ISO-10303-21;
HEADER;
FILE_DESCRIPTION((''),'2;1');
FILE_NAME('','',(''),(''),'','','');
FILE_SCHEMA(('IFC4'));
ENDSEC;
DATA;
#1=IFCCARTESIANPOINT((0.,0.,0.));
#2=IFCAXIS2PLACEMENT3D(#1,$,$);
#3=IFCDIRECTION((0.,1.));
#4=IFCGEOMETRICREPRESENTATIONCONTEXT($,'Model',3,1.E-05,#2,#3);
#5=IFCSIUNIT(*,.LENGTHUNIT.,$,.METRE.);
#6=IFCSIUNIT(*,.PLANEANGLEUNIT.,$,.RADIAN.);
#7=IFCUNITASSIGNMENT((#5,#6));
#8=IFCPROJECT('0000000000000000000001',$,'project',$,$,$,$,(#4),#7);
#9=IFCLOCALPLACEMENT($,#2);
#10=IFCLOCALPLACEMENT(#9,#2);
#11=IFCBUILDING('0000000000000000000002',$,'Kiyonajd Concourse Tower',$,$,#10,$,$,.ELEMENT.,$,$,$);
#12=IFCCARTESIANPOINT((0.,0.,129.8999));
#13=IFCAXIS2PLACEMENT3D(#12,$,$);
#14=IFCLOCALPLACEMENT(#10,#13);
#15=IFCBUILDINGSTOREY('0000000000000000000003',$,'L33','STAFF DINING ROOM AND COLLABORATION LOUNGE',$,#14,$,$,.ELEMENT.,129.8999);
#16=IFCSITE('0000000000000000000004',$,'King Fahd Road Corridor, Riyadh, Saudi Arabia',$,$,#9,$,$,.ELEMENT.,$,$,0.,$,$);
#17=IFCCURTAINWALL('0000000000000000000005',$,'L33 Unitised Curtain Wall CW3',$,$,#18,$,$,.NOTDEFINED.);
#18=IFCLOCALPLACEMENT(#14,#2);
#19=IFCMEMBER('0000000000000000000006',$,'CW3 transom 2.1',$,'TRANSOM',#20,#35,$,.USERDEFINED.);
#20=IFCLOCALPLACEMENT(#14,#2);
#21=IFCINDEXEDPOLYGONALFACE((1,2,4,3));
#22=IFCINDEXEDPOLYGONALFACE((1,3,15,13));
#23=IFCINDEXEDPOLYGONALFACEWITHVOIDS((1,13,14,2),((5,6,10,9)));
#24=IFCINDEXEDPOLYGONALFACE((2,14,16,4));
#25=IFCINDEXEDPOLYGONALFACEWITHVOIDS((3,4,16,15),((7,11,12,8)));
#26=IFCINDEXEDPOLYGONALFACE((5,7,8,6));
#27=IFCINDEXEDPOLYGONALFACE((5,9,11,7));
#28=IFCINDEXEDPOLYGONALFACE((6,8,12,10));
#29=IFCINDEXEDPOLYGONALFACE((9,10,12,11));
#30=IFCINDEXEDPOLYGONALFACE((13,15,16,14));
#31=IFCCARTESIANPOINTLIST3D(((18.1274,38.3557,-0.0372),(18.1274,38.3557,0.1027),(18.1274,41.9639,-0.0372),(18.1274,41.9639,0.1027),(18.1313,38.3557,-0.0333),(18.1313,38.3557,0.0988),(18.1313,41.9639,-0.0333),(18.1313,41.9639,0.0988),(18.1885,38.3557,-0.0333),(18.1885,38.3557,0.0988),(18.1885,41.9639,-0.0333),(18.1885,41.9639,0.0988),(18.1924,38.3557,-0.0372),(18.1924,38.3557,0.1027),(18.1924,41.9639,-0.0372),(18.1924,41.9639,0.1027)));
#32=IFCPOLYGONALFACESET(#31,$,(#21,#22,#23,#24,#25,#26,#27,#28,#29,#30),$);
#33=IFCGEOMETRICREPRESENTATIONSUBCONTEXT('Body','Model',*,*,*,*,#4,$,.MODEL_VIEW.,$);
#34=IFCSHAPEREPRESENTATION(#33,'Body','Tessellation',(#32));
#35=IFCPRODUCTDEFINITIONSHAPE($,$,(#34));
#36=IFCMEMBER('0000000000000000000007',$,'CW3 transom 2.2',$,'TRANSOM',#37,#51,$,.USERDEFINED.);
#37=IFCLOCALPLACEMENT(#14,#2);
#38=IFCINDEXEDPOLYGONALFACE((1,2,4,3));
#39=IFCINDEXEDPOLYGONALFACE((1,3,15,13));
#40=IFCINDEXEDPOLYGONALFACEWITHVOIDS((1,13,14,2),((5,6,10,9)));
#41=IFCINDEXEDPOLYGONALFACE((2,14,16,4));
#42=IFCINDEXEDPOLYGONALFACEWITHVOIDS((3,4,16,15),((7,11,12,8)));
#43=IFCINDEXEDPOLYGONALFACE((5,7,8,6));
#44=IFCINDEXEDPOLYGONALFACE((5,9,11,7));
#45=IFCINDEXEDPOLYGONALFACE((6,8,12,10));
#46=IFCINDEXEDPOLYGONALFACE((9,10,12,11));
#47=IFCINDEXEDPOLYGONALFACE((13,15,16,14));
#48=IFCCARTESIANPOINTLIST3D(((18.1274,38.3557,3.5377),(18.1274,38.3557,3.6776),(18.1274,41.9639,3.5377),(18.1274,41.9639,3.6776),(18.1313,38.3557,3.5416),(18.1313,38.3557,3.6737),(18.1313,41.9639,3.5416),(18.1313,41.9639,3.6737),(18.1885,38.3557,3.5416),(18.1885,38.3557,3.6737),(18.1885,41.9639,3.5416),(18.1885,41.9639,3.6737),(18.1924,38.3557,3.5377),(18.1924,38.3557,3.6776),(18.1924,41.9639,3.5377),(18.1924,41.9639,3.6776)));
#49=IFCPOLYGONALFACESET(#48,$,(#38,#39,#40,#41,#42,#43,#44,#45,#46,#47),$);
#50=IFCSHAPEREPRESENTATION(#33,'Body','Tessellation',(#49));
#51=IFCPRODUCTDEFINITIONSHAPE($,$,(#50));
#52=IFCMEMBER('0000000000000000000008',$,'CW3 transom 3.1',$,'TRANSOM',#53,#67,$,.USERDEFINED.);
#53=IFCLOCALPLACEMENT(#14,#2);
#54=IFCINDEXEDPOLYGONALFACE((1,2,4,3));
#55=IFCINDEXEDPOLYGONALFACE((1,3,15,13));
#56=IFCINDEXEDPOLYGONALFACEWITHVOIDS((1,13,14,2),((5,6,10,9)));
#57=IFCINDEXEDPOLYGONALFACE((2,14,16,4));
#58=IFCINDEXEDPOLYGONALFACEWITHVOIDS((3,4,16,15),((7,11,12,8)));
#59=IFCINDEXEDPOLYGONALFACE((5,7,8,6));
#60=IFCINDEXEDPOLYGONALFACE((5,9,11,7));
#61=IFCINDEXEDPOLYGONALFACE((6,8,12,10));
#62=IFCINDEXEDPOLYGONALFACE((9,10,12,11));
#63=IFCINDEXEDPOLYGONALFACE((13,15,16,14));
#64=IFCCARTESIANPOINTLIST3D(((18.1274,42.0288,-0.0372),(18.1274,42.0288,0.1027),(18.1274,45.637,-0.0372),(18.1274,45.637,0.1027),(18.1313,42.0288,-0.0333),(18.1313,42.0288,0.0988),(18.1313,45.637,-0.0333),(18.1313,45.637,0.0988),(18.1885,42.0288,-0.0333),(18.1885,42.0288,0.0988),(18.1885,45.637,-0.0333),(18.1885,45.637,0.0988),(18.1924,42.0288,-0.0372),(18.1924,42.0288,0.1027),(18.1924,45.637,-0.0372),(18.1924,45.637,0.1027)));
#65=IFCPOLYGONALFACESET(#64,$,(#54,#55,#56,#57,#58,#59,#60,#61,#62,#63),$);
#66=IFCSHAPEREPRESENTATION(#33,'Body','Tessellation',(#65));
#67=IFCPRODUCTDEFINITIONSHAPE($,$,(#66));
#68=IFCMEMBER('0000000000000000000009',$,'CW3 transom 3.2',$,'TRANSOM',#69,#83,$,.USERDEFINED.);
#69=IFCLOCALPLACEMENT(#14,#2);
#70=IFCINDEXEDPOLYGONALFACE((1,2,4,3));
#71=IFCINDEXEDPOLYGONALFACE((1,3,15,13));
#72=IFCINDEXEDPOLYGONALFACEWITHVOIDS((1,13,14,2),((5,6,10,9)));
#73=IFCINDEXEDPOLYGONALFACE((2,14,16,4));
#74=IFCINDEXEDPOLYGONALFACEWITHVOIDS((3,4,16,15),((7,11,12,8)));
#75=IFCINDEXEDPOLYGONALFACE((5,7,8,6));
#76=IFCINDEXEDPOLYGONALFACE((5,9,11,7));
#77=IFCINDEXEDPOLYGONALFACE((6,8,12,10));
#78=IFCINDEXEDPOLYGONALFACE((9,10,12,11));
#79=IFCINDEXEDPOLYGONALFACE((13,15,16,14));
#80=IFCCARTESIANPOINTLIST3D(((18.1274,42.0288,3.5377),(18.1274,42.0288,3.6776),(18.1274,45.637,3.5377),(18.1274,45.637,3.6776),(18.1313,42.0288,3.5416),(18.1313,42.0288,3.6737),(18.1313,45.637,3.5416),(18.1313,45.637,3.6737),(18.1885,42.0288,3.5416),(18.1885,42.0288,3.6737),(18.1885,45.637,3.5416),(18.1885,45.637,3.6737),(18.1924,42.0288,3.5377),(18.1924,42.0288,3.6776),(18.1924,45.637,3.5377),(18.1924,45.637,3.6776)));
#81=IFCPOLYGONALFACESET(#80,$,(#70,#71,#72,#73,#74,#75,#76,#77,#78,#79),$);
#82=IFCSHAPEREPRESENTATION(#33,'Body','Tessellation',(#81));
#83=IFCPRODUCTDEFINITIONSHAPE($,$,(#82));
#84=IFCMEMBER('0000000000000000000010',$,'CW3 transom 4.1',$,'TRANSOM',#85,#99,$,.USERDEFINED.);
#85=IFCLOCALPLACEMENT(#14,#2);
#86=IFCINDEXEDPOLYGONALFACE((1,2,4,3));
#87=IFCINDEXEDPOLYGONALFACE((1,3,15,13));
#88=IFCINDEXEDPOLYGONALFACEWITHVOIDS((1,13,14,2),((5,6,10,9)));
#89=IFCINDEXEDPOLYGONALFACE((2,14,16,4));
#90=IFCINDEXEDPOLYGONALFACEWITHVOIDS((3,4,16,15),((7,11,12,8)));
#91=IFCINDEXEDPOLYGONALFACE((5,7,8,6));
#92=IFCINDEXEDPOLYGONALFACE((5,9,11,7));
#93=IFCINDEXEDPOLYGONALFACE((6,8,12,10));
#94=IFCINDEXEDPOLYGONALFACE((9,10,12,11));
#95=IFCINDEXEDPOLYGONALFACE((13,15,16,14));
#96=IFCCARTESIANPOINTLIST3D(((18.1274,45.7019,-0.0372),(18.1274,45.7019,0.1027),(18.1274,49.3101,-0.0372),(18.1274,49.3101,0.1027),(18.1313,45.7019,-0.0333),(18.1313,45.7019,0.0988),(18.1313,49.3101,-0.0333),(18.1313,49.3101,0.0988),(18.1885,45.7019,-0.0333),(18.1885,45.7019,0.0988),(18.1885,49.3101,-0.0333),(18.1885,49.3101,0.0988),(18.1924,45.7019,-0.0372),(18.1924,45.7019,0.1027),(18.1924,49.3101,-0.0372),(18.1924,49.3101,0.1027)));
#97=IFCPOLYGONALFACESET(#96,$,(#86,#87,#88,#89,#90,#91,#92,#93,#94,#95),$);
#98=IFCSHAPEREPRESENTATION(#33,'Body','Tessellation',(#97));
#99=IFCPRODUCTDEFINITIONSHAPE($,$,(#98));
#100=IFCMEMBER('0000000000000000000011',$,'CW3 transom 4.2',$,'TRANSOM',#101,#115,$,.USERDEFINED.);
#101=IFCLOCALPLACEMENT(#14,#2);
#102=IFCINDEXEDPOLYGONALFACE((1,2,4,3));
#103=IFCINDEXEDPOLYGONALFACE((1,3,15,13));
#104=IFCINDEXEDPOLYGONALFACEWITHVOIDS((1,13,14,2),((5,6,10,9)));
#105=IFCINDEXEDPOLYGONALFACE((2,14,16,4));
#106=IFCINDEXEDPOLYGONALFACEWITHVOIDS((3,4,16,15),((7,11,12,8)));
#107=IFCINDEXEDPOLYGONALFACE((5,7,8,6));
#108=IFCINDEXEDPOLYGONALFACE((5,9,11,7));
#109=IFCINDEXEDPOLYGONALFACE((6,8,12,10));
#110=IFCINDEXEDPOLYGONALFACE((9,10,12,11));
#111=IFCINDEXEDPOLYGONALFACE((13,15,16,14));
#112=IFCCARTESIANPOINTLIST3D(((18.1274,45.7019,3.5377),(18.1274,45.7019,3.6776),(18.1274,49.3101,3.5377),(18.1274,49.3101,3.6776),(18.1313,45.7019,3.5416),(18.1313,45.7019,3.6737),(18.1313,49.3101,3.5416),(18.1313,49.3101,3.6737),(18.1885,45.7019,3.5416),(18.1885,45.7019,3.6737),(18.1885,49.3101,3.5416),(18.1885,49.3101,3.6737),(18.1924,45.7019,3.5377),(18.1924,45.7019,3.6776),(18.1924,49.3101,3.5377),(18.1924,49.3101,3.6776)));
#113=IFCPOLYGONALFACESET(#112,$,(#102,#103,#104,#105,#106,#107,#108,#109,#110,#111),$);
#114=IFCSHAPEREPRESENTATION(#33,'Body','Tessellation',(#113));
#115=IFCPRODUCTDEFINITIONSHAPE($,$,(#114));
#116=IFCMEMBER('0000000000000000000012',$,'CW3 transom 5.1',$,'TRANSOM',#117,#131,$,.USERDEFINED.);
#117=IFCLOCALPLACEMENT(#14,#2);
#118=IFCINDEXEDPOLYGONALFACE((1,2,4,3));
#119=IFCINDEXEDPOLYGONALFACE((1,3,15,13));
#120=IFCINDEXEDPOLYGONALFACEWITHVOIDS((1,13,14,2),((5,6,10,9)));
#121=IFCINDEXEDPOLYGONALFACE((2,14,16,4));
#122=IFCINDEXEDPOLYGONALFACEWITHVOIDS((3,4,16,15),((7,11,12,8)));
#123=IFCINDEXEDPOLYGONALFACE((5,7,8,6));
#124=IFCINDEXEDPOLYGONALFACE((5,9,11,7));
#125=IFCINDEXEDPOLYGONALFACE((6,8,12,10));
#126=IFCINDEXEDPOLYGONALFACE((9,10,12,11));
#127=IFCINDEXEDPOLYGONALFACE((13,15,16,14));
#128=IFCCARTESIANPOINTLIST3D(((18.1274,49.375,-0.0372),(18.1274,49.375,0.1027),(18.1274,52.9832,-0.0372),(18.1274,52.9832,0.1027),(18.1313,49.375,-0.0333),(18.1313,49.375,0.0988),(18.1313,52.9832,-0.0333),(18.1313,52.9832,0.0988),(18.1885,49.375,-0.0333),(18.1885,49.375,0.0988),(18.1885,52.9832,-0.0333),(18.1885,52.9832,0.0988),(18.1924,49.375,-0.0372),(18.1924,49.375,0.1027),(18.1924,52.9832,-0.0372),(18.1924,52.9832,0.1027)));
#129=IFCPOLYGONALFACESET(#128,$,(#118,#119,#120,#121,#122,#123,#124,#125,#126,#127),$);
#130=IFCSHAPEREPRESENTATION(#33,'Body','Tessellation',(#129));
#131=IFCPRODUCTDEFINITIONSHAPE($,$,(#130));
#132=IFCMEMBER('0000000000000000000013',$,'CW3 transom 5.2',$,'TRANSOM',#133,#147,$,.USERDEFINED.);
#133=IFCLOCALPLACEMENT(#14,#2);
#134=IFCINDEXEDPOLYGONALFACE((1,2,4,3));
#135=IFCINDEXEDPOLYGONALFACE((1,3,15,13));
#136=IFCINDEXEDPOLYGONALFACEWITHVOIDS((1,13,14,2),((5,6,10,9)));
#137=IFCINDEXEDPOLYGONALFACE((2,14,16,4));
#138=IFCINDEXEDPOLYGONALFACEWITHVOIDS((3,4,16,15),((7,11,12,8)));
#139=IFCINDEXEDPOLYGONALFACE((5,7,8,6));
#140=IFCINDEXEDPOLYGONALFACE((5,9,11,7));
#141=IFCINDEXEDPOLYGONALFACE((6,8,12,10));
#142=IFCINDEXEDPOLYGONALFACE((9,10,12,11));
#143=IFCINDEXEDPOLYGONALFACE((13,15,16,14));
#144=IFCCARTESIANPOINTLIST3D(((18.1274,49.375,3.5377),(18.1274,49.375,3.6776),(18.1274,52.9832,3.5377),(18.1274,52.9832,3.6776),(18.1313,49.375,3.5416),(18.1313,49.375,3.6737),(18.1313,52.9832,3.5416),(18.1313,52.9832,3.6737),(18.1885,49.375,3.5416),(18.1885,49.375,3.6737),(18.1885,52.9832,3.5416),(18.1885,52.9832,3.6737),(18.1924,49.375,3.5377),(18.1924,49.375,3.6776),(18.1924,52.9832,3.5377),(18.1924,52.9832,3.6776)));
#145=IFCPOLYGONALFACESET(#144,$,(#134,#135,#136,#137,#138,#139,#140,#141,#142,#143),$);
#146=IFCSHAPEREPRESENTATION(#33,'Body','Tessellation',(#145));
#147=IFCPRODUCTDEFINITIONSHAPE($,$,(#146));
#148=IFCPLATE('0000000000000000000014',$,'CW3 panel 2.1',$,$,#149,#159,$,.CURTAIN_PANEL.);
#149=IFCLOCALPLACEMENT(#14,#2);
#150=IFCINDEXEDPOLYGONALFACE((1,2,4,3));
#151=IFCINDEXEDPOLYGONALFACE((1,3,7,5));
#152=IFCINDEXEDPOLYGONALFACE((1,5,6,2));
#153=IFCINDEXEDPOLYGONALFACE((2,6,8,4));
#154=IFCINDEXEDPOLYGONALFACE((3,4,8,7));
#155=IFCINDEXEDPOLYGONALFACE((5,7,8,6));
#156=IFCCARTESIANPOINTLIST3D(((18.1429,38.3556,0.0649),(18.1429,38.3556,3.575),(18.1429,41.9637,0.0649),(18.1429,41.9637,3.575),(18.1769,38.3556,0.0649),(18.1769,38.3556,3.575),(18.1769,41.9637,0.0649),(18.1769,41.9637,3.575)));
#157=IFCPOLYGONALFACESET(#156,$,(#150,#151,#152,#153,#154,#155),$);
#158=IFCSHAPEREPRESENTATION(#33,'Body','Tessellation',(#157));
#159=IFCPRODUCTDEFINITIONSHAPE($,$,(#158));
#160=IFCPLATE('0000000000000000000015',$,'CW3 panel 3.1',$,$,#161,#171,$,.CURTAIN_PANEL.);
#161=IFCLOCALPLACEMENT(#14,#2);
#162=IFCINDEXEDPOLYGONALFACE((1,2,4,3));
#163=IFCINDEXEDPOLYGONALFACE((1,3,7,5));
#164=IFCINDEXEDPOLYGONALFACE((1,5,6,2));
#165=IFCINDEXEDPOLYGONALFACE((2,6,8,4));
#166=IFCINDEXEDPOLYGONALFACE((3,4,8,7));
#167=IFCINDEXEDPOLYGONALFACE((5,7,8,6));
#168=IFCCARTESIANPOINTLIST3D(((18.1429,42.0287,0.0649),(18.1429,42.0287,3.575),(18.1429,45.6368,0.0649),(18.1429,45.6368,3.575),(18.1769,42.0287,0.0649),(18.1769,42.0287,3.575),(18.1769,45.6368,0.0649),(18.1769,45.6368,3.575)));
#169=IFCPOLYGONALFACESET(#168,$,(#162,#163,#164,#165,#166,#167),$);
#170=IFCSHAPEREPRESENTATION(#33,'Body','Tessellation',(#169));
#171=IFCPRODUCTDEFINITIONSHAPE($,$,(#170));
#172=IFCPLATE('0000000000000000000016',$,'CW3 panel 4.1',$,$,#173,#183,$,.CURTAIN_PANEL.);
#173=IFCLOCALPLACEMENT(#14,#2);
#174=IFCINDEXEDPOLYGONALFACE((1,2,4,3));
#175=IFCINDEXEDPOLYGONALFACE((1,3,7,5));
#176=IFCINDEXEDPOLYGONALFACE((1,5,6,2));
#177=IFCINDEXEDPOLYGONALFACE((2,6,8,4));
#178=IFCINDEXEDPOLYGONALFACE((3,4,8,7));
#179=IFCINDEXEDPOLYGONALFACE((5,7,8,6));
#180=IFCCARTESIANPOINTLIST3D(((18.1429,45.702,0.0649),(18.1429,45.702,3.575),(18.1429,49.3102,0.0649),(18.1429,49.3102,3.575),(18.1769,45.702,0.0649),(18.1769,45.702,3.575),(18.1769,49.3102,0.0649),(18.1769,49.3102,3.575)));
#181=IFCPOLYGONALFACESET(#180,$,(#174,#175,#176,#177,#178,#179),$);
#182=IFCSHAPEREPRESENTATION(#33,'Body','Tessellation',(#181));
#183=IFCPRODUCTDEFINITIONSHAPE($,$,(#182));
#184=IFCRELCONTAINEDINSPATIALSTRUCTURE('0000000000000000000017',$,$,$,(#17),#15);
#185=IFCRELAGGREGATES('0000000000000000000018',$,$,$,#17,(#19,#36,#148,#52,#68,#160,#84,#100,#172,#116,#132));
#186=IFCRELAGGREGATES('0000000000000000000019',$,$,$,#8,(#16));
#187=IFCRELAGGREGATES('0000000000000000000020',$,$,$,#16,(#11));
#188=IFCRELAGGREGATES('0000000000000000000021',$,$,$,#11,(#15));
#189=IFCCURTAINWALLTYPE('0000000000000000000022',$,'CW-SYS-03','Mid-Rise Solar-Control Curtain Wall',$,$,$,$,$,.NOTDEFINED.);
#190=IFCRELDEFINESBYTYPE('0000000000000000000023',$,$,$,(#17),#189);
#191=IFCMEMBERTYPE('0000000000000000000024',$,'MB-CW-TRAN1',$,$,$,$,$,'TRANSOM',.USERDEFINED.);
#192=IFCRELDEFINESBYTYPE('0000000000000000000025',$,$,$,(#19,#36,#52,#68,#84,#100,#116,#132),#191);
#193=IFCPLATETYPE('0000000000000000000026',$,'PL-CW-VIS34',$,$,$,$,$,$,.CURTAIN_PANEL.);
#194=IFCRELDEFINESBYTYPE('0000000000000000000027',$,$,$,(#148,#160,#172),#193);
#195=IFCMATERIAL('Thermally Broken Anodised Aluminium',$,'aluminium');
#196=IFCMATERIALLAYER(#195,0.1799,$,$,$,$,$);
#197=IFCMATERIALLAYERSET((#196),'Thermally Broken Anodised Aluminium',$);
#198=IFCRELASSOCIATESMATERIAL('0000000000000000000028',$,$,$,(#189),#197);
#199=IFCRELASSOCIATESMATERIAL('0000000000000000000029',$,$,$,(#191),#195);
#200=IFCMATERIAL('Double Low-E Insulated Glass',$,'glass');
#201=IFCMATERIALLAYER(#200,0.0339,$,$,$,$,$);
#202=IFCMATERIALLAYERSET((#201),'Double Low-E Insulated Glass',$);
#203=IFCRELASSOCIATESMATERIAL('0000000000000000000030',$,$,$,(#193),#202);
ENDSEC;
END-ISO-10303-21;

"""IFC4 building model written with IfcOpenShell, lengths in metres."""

from ifc_helpers import new_model, si_unit, direction, frame, origin, origin_2d, place, context, subcontext, project, spatial, rectangle, hollow_rectangle, extrude, material, layer, layer_set, material_profile, profile_set, type_object, element, aggregate, save


model = new_model("IFC4")

# Units and contexts
model_context = context("Model", 3, precision=1e-05, world=origin(), true_north=direction((0.0, 1.0)))
body_context = subcontext(model_context, "Body", "Model", "MODEL_VIEW")
ifc_project = project(units=[si_unit("LENGTHUNIT", "METRE"), si_unit("PLANEANGLEUNIT", "RADIAN")], contexts=[model_context])

# Site, building, storey
site_placement = place(None, origin())
site = spatial("IfcSite", under=ifc_project, at=site_placement, Name="King Fahd Road Corridor, Riyadh, Saudi Arabia", CompositionType="ELEMENT", RefElevation=0.0)
building_placement = place(site_placement, origin())
building = spatial("IfcBuilding", under=site, at=building_placement, Name="Kiyonajd Concourse Tower", CompositionType="ELEMENT")
storey_placement = place(building_placement, frame((0.0, 0.0, 129.8999)))
storey = spatial("IfcBuildingStorey", under=building, at=storey_placement, Name="L33", Description="STAFF DINING ROOM AND COLLABORATION LOUNGE", CompositionType="ELEMENT", Elevation=129.8999)

# Curtain wall, members, plates
ifc_material_1 = material(Name="Thermally Broken Anodised Aluminium", Category="aluminium")
ifc_layer_1 = layer(ifc_material_1, 0.1799)
ifc_layer_set_1 = layer_set([ifc_layer_1], Name="Thermally Broken Anodised Aluminium")
curtain_wall_type = type_object("IfcCurtainWallType", Name="CW-SYS-03", Description="Mid-Rise Solar-Control Curtain Wall", PredefinedType="NOTDEFINED", material=ifc_layer_set_1)
curtain_wall_placement = place(storey_placement, origin())
curtain_wall = element("IfcCurtainWall", 1, at=curtain_wall_placement, inside=storey, type_object=curtain_wall_type, Name="L33 Unitised Curtain Wall CW3", PredefinedType="NOTDEFINED")
ifc_material_profile_1 = material_profile(ifc_material_1, hollow_rectangle(XDim=0.0649, YDim=0.1399, WallThickness=0.0039, at=origin_2d()), Name="TRAN-65x140")
ifc_profile_set_1 = profile_set([ifc_material_profile_1], Name="Thermally Broken Anodised Aluminium")
member_type_1 = type_object("IfcMemberType", Name="MB-CW-TRAN1", ElementType="TRANSOM", PredefinedType="USERDEFINED", material=ifc_profile_set_1)
member_1_placement = place(storey_placement, frame((18.1599, 38.3557, 0.0327), z_axis=(0.0, 1.0, 0.0), x_axis=(-1.0, 0.0, 0.0)))
member_1 = element("IfcMember", 2, at=member_1_placement, type_object=member_type_1, Name="CW3 transom 2.1", ObjectType="TRANSOM", PredefinedType="USERDEFINED", context=body_context, shape_type="SweptSolid", body=[
    extrude(hollow_rectangle(XDim=0.0649, YDim=0.1399, WallThickness=0.0039, at=origin_2d()), origin(), (0.0, 0.0, 1.0), 3.6082),
])
member_2_placement = place(storey_placement, frame((18.1599, 38.3557, 3.6077), z_axis=(0.0, 1.0, 0.0), x_axis=(-1.0, 0.0, 0.0)))
member_2 = element("IfcMember", 3, at=member_2_placement, type_object=member_type_1, Name="CW3 transom 2.2", ObjectType="TRANSOM", PredefinedType="USERDEFINED", context=body_context, shape_type="SweptSolid", body=[
    extrude(hollow_rectangle(XDim=0.0649, YDim=0.1399, WallThickness=0.0039, at=origin_2d()), origin(), (0.0, 0.0, 1.0), 3.6082),
])
member_3_placement = place(storey_placement, frame((18.1599, 42.0288, 0.0327), z_axis=(0.0, 1.0, 0.0), x_axis=(-1.0, 0.0, 0.0)))
member_3 = element("IfcMember", 4, at=member_3_placement, type_object=member_type_1, Name="CW3 transom 3.1", ObjectType="TRANSOM", PredefinedType="USERDEFINED", context=body_context, shape_type="SweptSolid", body=[
    extrude(hollow_rectangle(XDim=0.0649, YDim=0.1399, WallThickness=0.0039, at=origin_2d()), origin(), (0.0, 0.0, 1.0), 3.6082),
])
member_4_placement = place(storey_placement, frame((18.1599, 42.0288, 3.6077), z_axis=(0.0, 1.0, 0.0), x_axis=(-1.0, 0.0, 0.0)))
member_4 = element("IfcMember", 5, at=member_4_placement, type_object=member_type_1, Name="CW3 transom 3.2", ObjectType="TRANSOM", PredefinedType="USERDEFINED", context=body_context, shape_type="SweptSolid", body=[
    extrude(hollow_rectangle(XDim=0.0649, YDim=0.1399, WallThickness=0.0039, at=origin_2d()), origin(), (0.0, 0.0, 1.0), 3.6082),
])
member_5_placement = place(storey_placement, frame((18.1599, 45.7019, 0.0327), z_axis=(0.0, 1.0, 0.0), x_axis=(-1.0, 0.0, 0.0)))
member_5 = element("IfcMember", 6, at=member_5_placement, type_object=member_type_1, Name="CW3 transom 4.1", ObjectType="TRANSOM", PredefinedType="USERDEFINED", context=body_context, shape_type="SweptSolid", body=[
    extrude(hollow_rectangle(XDim=0.0649, YDim=0.1399, WallThickness=0.0039, at=origin_2d()), origin(), (0.0, 0.0, 1.0), 3.6082),
])
member_6_placement = place(storey_placement, frame((18.1599, 45.7019, 3.6077), z_axis=(0.0, 1.0, 0.0), x_axis=(-1.0, 0.0, 0.0)))
member_6 = element("IfcMember", 7, at=member_6_placement, type_object=member_type_1, Name="CW3 transom 4.2", ObjectType="TRANSOM", PredefinedType="USERDEFINED", context=body_context, shape_type="SweptSolid", body=[
    extrude(hollow_rectangle(XDim=0.0649, YDim=0.1399, WallThickness=0.0039, at=origin_2d()), origin(), (0.0, 0.0, 1.0), 3.6082),
])
member_7_placement = place(storey_placement, frame((18.1599, 49.375, 0.0327), z_axis=(0.0, 1.0, 0.0), x_axis=(-1.0, 0.0, 0.0)))
member_7 = element("IfcMember", 8, at=member_7_placement, type_object=member_type_1, Name="CW3 transom 5.1", ObjectType="TRANSOM", PredefinedType="USERDEFINED", context=body_context, shape_type="SweptSolid", body=[
    extrude(hollow_rectangle(XDim=0.0649, YDim=0.1399, WallThickness=0.0039, at=origin_2d()), origin(), (0.0, 0.0, 1.0), 3.6082),
])
member_8_placement = place(storey_placement, frame((18.1599, 49.375, 3.6077), z_axis=(0.0, 1.0, 0.0), x_axis=(-1.0, 0.0, 0.0)))
member_8 = element("IfcMember", 9, at=member_8_placement, type_object=member_type_1, Name="CW3 transom 5.2", ObjectType="TRANSOM", PredefinedType="USERDEFINED", context=body_context, shape_type="SweptSolid", body=[
    extrude(hollow_rectangle(XDim=0.0649, YDim=0.1399, WallThickness=0.0039, at=origin_2d()), origin(), (0.0, 0.0, 1.0), 3.6082),
])
ifc_material_2 = material(Name="Double Low-E Insulated Glass", Category="glass")
ifc_layer_2 = layer(ifc_material_2, 0.0339)
ifc_layer_set_2 = layer_set([ifc_layer_2], Name="Double Low-E Insulated Glass")
plate_type = type_object("IfcPlateType", Name="PL-CW-VIS34", PredefinedType="CURTAIN_PANEL", material=ifc_layer_set_2)
plate_1_placement = place(storey_placement, frame((18.1599, 40.1597, 0.0649), z_axis=(0.0, 0.0, 1.0), x_axis=(0.0, 1.0, 0.0)))
plate_1 = element("IfcPlate", 10, at=plate_1_placement, type_object=plate_type, Name="CW3 panel 2.1", PredefinedType="CURTAIN_PANEL", context=body_context, shape_type="SweptSolid", body=[
    extrude(rectangle(XDim=3.6082, YDim=0.0339, at=origin_2d()), origin(), (0.0, 0.0, 1.0), 3.51),
])
plate_2_placement = place(storey_placement, frame((18.1599, 43.8328, 0.0649), z_axis=(0.0, 0.0, 1.0), x_axis=(0.0, 1.0, 0.0)))
plate_2 = element("IfcPlate", 11, at=plate_2_placement, type_object=plate_type, Name="CW3 panel 3.1", PredefinedType="CURTAIN_PANEL", context=body_context, shape_type="SweptSolid", body=[
    extrude(rectangle(XDim=3.6082, YDim=0.0339, at=origin_2d()), origin(), (0.0, 0.0, 1.0), 3.51),
])
plate_3_placement = place(storey_placement, frame((18.1599, 47.5061, 0.0649), z_axis=(0.0, 0.0, 1.0), x_axis=(0.0, 1.0, 0.0)))
plate_3 = element("IfcPlate", 12, at=plate_3_placement, type_object=plate_type, Name="CW3 panel 4.1", PredefinedType="CURTAIN_PANEL", context=body_context, shape_type="SweptSolid", body=[
    extrude(rectangle(XDim=3.6082, YDim=0.0339, at=origin_2d()), origin(), (0.0, 0.0, 1.0), 3.51),
])
aggregate(curtain_wall, [member_1, member_2, plate_1, member_3, member_4, plate_2, member_5, member_6, plate_3, member_7, member_8])

save(model, "model.ifc")
